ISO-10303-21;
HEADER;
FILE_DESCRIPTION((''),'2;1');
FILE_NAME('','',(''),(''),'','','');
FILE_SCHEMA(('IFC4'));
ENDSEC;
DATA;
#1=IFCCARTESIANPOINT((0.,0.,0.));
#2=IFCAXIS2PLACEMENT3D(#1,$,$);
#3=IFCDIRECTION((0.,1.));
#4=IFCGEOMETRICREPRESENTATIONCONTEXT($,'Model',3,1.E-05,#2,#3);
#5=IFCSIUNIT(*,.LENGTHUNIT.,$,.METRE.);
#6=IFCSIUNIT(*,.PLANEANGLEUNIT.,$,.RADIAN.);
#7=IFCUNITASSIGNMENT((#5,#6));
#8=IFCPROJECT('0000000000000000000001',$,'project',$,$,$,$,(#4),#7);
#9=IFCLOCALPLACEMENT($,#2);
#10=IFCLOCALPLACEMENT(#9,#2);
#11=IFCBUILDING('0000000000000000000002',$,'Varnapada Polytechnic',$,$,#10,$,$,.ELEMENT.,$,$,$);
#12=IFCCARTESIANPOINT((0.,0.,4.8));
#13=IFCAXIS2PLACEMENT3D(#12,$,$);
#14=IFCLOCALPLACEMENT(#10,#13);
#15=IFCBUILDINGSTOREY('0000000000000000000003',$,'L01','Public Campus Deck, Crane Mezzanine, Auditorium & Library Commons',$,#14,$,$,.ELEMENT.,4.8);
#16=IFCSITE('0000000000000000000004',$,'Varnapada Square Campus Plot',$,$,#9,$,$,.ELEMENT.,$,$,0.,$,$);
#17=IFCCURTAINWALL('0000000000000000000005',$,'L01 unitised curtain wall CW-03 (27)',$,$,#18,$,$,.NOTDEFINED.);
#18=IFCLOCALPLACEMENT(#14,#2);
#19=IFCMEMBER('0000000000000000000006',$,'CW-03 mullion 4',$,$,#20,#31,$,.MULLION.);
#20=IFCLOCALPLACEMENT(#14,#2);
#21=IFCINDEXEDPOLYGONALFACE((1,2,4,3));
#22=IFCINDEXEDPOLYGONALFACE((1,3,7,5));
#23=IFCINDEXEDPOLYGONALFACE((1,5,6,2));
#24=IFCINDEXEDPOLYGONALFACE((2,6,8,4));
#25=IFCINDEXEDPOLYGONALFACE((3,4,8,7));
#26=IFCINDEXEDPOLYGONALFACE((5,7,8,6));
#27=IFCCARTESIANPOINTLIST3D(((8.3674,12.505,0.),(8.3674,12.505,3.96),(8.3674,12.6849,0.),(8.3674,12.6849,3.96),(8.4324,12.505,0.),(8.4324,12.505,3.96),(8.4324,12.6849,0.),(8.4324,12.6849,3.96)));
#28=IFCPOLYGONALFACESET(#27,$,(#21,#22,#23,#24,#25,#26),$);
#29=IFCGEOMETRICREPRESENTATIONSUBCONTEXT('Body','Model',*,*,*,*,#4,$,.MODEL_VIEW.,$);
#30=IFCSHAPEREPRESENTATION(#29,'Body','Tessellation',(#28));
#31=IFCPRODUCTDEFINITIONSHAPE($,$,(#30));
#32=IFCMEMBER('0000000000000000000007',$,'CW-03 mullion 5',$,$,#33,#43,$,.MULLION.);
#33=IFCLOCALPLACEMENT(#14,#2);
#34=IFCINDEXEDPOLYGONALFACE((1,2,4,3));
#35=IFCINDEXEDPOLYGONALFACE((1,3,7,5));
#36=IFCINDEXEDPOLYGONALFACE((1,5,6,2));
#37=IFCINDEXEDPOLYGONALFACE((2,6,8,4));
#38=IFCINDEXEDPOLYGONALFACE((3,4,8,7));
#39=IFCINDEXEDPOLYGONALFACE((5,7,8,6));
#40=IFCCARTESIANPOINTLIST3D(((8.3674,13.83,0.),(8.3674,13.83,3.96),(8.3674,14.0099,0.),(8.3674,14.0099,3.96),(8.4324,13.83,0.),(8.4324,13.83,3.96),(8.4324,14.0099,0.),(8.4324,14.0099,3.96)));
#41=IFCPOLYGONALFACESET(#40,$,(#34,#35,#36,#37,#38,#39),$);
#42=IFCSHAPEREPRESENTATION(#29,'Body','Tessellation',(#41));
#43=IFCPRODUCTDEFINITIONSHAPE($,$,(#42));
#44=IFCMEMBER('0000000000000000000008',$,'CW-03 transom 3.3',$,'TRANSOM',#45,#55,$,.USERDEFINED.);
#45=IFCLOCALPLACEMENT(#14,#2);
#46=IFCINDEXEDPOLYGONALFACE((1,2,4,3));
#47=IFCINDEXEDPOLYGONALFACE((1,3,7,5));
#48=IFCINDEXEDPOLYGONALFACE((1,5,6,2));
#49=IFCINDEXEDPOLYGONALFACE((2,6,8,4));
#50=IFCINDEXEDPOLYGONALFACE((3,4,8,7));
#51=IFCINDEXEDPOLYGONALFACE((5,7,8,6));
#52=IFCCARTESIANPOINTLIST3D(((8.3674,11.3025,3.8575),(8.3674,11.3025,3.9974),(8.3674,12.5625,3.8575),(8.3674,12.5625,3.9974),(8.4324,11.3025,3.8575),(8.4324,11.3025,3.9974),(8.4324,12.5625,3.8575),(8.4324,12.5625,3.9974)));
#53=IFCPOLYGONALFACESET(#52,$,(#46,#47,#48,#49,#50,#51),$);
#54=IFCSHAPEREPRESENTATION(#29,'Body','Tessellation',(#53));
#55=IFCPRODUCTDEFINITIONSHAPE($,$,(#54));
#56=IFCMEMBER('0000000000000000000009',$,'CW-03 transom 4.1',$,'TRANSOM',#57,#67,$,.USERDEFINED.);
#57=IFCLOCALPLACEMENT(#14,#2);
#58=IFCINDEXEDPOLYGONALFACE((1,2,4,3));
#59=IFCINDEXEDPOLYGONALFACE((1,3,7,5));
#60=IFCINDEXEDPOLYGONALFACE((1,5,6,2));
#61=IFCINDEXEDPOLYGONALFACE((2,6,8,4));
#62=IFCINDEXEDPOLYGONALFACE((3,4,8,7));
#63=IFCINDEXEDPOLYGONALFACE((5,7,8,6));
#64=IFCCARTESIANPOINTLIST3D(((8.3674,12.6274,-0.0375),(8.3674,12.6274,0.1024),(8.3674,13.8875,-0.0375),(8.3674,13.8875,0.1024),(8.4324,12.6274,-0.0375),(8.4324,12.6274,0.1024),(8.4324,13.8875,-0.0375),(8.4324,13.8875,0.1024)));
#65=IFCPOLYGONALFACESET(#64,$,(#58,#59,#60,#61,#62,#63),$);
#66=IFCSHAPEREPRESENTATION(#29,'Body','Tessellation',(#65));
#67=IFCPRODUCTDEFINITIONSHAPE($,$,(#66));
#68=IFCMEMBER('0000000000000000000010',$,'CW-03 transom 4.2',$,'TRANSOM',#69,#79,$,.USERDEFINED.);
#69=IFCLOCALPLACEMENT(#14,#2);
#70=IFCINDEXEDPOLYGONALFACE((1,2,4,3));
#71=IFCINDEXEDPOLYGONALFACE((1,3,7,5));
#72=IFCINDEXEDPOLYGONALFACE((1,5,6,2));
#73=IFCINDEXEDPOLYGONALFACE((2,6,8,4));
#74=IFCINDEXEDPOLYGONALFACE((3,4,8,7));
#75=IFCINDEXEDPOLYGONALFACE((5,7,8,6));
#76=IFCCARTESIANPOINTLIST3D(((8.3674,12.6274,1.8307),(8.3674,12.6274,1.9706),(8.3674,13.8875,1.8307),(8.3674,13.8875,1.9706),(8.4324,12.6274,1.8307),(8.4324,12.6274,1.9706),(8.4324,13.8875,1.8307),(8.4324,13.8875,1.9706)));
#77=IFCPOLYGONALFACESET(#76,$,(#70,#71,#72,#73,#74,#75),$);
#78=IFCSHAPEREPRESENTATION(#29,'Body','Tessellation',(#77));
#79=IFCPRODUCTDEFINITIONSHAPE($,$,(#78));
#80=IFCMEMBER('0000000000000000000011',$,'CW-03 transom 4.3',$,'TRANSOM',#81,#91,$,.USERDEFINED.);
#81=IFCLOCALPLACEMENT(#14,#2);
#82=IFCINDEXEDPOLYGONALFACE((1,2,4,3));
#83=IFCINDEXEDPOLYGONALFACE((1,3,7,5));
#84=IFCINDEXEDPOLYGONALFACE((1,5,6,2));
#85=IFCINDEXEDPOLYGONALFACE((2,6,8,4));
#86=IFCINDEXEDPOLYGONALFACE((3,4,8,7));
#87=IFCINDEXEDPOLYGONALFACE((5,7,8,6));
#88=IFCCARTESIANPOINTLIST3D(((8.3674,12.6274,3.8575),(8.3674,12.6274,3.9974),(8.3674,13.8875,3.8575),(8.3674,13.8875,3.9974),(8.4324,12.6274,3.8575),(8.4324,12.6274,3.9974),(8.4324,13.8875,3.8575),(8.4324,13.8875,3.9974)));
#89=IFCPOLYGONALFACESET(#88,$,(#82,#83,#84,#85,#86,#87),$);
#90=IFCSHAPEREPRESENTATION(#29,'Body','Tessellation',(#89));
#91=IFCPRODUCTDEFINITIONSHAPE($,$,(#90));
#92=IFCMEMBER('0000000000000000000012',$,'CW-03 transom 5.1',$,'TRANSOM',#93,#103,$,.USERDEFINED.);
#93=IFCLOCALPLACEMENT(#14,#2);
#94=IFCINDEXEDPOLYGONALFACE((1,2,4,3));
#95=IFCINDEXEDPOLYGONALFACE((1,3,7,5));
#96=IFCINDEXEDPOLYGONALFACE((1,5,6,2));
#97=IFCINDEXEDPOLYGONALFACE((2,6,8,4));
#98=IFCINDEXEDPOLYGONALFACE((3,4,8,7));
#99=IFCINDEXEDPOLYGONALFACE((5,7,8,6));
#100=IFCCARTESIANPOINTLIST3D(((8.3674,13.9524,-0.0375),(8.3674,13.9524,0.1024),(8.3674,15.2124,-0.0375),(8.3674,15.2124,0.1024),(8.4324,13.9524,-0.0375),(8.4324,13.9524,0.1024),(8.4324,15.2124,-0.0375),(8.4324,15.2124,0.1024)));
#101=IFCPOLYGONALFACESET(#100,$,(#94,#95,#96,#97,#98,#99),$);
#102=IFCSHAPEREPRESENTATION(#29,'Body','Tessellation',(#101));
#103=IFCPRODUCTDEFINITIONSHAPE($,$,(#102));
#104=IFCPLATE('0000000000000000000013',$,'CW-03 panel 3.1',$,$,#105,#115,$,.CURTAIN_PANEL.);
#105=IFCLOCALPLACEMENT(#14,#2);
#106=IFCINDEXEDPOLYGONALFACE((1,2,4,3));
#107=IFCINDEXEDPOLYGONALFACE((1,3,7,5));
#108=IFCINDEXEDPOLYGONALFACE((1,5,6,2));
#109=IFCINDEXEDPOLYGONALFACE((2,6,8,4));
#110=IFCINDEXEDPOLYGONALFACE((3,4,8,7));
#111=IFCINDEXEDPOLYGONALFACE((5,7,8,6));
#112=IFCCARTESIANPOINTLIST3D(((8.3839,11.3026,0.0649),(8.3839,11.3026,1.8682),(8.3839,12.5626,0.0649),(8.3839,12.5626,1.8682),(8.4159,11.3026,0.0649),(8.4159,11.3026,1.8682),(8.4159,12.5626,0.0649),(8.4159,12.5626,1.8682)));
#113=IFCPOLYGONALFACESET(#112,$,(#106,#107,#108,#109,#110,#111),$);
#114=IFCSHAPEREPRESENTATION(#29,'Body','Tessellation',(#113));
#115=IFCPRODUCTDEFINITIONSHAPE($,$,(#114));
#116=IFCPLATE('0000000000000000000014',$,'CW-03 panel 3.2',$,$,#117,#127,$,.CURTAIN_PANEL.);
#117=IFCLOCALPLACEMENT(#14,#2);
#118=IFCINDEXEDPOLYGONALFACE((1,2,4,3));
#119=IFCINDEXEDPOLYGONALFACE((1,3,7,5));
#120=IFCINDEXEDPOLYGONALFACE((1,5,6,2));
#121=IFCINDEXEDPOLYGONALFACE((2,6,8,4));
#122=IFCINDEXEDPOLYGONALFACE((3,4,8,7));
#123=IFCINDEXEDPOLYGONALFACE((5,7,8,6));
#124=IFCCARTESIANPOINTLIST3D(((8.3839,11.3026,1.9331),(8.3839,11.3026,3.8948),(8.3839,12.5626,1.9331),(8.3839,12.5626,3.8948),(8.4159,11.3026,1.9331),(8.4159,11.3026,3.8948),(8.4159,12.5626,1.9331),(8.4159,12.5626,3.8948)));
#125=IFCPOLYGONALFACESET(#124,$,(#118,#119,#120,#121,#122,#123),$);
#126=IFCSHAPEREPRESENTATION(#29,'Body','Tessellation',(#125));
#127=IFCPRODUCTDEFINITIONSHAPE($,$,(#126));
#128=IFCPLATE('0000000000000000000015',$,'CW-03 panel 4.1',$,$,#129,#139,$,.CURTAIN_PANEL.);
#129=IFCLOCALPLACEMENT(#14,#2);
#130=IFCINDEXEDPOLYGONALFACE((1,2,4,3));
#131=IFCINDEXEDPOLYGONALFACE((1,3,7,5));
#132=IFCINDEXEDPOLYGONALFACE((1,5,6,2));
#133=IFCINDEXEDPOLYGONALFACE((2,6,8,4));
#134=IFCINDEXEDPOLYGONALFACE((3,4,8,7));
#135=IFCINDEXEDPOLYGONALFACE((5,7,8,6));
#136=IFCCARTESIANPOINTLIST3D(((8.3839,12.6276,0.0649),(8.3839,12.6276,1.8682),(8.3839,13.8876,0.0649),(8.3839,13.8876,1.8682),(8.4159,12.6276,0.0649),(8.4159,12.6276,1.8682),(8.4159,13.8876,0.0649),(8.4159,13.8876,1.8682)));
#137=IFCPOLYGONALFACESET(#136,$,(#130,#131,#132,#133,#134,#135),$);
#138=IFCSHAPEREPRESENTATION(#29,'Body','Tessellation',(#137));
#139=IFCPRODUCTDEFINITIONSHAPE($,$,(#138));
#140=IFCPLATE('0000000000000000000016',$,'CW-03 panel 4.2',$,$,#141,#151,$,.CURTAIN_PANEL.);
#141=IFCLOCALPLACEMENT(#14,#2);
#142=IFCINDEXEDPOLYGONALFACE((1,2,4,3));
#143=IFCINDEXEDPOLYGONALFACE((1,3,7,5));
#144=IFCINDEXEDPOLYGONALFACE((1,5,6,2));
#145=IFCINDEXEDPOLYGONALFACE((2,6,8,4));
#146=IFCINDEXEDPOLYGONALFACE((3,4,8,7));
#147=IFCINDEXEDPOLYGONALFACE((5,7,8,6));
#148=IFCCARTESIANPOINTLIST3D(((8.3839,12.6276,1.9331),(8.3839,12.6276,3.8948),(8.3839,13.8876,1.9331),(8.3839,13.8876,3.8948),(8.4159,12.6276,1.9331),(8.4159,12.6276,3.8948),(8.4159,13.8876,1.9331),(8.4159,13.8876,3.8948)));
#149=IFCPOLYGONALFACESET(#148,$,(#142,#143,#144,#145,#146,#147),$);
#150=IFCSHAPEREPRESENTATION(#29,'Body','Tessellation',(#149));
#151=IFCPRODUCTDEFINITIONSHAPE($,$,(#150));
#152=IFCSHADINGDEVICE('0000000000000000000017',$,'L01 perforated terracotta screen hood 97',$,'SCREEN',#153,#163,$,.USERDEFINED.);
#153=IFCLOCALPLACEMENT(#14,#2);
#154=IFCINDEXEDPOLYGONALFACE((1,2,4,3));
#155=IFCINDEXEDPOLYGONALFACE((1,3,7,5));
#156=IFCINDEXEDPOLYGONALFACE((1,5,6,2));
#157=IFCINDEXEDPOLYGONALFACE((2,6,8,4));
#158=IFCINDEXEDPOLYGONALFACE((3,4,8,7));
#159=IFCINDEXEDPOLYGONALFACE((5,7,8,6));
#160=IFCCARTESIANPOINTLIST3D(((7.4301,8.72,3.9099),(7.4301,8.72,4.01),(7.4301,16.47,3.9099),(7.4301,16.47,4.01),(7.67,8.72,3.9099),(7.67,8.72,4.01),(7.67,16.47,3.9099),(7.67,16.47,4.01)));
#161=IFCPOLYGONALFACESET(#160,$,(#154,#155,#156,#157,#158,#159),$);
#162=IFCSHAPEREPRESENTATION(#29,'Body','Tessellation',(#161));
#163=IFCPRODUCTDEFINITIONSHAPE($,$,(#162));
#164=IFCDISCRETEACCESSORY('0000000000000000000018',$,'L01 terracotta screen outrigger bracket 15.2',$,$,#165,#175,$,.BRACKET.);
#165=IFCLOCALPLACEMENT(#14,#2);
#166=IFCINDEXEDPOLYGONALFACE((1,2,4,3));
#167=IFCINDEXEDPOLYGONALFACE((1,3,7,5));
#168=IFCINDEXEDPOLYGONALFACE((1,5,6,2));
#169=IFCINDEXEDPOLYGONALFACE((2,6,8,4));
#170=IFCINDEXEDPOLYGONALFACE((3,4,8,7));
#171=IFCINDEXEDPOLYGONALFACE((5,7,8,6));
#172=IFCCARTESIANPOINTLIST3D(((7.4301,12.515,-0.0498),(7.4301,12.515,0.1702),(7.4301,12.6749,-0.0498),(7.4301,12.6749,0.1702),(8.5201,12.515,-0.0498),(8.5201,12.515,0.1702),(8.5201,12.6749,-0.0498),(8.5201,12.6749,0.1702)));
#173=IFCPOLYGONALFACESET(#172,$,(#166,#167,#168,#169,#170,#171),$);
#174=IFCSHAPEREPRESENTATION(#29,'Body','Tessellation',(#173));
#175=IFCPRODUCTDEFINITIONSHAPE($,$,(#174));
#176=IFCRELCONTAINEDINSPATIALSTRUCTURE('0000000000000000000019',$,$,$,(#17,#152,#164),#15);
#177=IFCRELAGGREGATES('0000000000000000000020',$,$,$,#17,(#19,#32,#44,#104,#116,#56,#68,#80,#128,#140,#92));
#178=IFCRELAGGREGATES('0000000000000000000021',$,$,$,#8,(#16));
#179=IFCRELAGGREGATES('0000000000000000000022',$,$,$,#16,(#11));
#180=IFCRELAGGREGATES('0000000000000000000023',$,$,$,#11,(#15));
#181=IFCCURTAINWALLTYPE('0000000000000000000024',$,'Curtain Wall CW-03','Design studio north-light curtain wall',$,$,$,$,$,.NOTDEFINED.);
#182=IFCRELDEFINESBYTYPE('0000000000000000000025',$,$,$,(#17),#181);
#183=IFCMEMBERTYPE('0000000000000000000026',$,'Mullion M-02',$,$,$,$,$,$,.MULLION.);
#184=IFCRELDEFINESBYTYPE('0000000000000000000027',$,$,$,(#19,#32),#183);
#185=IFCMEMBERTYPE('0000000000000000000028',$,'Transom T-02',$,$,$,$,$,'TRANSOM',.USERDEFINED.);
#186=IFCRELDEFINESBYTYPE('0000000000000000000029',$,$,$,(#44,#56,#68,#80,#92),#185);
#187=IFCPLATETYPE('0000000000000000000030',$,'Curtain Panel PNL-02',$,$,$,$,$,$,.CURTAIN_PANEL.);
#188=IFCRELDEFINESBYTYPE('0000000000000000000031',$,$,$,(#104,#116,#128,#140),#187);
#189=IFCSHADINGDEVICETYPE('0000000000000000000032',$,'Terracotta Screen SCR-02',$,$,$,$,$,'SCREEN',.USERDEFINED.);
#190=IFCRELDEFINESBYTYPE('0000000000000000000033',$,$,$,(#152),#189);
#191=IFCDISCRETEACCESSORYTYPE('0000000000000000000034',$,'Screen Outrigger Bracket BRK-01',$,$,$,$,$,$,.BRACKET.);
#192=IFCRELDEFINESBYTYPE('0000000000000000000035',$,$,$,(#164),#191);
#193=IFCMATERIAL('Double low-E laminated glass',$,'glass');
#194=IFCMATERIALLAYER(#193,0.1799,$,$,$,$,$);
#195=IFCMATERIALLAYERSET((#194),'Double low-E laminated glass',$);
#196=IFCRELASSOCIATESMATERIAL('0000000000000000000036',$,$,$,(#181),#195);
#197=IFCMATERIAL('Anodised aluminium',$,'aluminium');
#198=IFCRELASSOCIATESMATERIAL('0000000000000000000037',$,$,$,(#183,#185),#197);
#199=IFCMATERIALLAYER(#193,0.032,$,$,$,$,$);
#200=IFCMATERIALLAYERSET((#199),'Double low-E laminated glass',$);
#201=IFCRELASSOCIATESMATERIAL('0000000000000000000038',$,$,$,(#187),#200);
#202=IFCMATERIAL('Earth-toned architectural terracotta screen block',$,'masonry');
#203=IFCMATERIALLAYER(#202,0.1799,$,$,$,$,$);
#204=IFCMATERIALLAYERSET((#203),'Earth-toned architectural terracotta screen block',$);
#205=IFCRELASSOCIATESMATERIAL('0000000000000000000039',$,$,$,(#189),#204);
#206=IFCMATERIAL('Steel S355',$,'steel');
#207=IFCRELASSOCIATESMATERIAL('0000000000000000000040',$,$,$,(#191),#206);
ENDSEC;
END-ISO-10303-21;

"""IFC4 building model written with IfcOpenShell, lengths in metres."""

from ifc_helpers import new_model, si_unit, direction, frame, origin, origin_2d, place, context, subcontext, project, spatial, rectangle, extrude, material, layer, layer_set, material_profile, profile_set, type_object, element, aggregate, save


model = new_model("IFC4")

# Units and contexts
model_context = context("Model", 3, precision=1e-05, world=origin(), true_north=direction((0.0, 1.0)))
body_context = subcontext(model_context, "Body", "Model", "MODEL_VIEW")
ifc_project = project(units=[si_unit("LENGTHUNIT", "METRE"), si_unit("PLANEANGLEUNIT", "RADIAN")], contexts=[model_context])

# Site, building, storey
site_placement = place(None, origin())
site = spatial("IfcSite", under=ifc_project, at=site_placement, Name="Varnapada Square Campus Plot", CompositionType="ELEMENT", RefElevation=0.0)
building_placement = place(site_placement, origin())
building = spatial("IfcBuilding", under=site, at=building_placement, Name="Varnapada Polytechnic", CompositionType="ELEMENT")
storey_placement = place(building_placement, frame((0.0, 0.0, 4.8)))
storey = spatial("IfcBuildingStorey", under=building, at=storey_placement, Name="L01", Description="Public Campus Deck, Crane Mezzanine, Auditorium & Library Commons", CompositionType="ELEMENT", Elevation=4.8)

# Curtain wall, members, plates
ifc_material_1 = material(Name="Double low-E laminated glass", Category="glass")
ifc_layer_1 = layer(ifc_material_1, 0.1799)
ifc_layer_set_1 = layer_set([ifc_layer_1], Name="Double low-E laminated glass")
curtain_wall_type = type_object("IfcCurtainWallType", Name="Curtain Wall CW-03", Description="Design studio north-light curtain wall", PredefinedType="NOTDEFINED", material=ifc_layer_set_1)
curtain_wall_placement = place(storey_placement, origin())
curtain_wall = element("IfcCurtainWall", 1, at=curtain_wall_placement, inside=storey, type_object=curtain_wall_type, Name="L01 unitised curtain wall CW-03 (27)", PredefinedType="NOTDEFINED")
ifc_material_2 = material(Name="Anodised aluminium", Category="aluminium")
ifc_material_profile_1 = material_profile(ifc_material_2, rectangle(XDim=0.0649, YDim=0.1799, at=origin_2d()), Name="ALU M65x180")
ifc_profile_set_1 = profile_set([ifc_material_profile_1], Name="Anodised aluminium")
member_type_1 = type_object("IfcMemberType", Name="Mullion M-02", PredefinedType="MULLION", material=ifc_profile_set_1)
member_1_placement = place(storey_placement, frame((8.3999, 12.595, 0.0), z_axis=(0.0, 0.0, 1.0), x_axis=(-1.0, 0.0, 0.0)))
member_1 = element("IfcMember", 2, at=member_1_placement, type_object=member_type_1, Name="CW-03 mullion 4", PredefinedType="MULLION", context=body_context, shape_type="SweptSolid", body=[
    extrude(rectangle(XDim=0.0649, YDim=0.1799, at=origin_2d()), origin(), (0.0, 0.0, 1.0), 3.96),
])
member_2_placement = place(storey_placement, frame((8.3999, 13.9199, 0.0), z_axis=(0.0, 0.0, 1.0), x_axis=(-1.0, 0.0, 0.0)))
member_2 = element("IfcMember", 3, at=member_2_placement, type_object=member_type_1, Name="CW-03 mullion 5", PredefinedType="MULLION", context=body_context, shape_type="SweptSolid", body=[
    extrude(rectangle(XDim=0.0649, YDim=0.1799, at=origin_2d()), origin(), (0.0, 0.0, 1.0), 3.96),
])
ifc_material_profile_2 = material_profile(ifc_material_2, rectangle(XDim=0.0649, YDim=0.1399, at=origin_2d()), Name="ALU T65x140")
ifc_profile_set_2 = profile_set([ifc_material_profile_2], Name="Anodised aluminium")
member_type_2 = type_object("IfcMemberType", Name="Transom T-02", ElementType="TRANSOM", PredefinedType="USERDEFINED", material=ifc_profile_set_2)
member_3_placement = place(storey_placement, frame((8.3999, 11.3025, 3.9275), z_axis=(0.0, 1.0, 0.0), x_axis=(-1.0, 0.0, 0.0)))
member_3 = element("IfcMember", 4, at=member_3_placement, type_object=member_type_2, Name="CW-03 transom 3.3", ObjectType="TRANSOM", PredefinedType="USERDEFINED", context=body_context, shape_type="SweptSolid", body=[
    extrude(rectangle(XDim=0.0649, YDim=0.1399, at=origin_2d()), origin(), (0.0, 0.0, 1.0), 1.26),
])
member_4_placement = place(storey_placement, frame((8.3999, 12.6274, 0.0325), z_axis=(0.0, 1.0, 0.0), x_axis=(-1.0, 0.0, 0.0)))
member_4 = element("IfcMember", 5, at=member_4_placement, type_object=member_type_2, Name="CW-03 transom 4.1", ObjectType="TRANSOM", PredefinedType="USERDEFINED", context=body_context, shape_type="SweptSolid", body=[
    extrude(rectangle(XDim=0.0649, YDim=0.1399, at=origin_2d()), origin(), (0.0, 0.0, 1.0), 1.26),
])
member_5_placement = place(storey_placement, frame((8.3999, 12.6274, 1.9006), z_axis=(0.0, 1.0, 0.0), x_axis=(-1.0, 0.0, 0.0)))
member_5 = element("IfcMember", 6, at=member_5_placement, type_object=member_type_2, Name="CW-03 transom 4.2", ObjectType="TRANSOM", PredefinedType="USERDEFINED", context=body_context, shape_type="SweptSolid", body=[
    extrude(rectangle(XDim=0.0649, YDim=0.1399, at=origin_2d()), origin(), (0.0, 0.0, 1.0), 1.26),
])
member_6_placement = place(storey_placement, frame((8.3999, 12.6274, 3.9275), z_axis=(0.0, 1.0, 0.0), x_axis=(-1.0, 0.0, 0.0)))
member_6 = element("IfcMember", 7, at=member_6_placement, type_object=member_type_2, Name="CW-03 transom 4.3", ObjectType="TRANSOM", PredefinedType="USERDEFINED", context=body_context, shape_type="SweptSolid", body=[
    extrude(rectangle(XDim=0.0649, YDim=0.1399, at=origin_2d()), origin(), (0.0, 0.0, 1.0), 1.26),
])
member_7_placement = place(storey_placement, frame((8.3999, 13.9524, 0.0325), z_axis=(0.0, 1.0, 0.0), x_axis=(-1.0, 0.0, 0.0)))
member_7 = element("IfcMember", 8, at=member_7_placement, type_object=member_type_2, Name="CW-03 transom 5.1", ObjectType="TRANSOM", PredefinedType="USERDEFINED", context=body_context, shape_type="SweptSolid", body=[
    extrude(rectangle(XDim=0.0649, YDim=0.1399, at=origin_2d()), origin(), (0.0, 0.0, 1.0), 1.26),
])
ifc_layer_2 = layer(ifc_material_1, 0.032)
ifc_layer_set_2 = layer_set([ifc_layer_2], Name="Double low-E laminated glass")
plate_type = type_object("IfcPlateType", Name="Curtain Panel PNL-02", PredefinedType="CURTAIN_PANEL", material=ifc_layer_set_2)
plate_1_placement = place(storey_placement, frame((8.3999, 11.9326, 0.0649), z_axis=(0.0, 0.0, 1.0), x_axis=(0.0, 1.0, 0.0)))
plate_1 = element("IfcPlate", 9, at=plate_1_placement, type_object=plate_type, Name="CW-03 panel 3.1", PredefinedType="CURTAIN_PANEL", context=body_context, shape_type="SweptSolid", body=[
    extrude(rectangle(XDim=1.26, YDim=0.032, at=origin_2d()), origin(), (0.0, 0.0, 1.0), 1.8032),
])
plate_2_placement = place(storey_placement, frame((8.3999, 11.9326, 1.9331), z_axis=(0.0, 0.0, 1.0), x_axis=(0.0, 1.0, 0.0)))
plate_2 = element("IfcPlate", 10, at=plate_2_placement, type_object=plate_type, Name="CW-03 panel 3.2", PredefinedType="CURTAIN_PANEL", context=body_context, shape_type="SweptSolid", body=[
    extrude(rectangle(XDim=1.26, YDim=0.032, at=origin_2d()), origin(), (0.0, 0.0, 1.0), 1.9617),
])
plate_3_placement = place(storey_placement, frame((8.3999, 13.2576, 0.0649), z_axis=(0.0, 0.0, 1.0), x_axis=(0.0, 1.0, 0.0)))
plate_3 = element("IfcPlate", 11, at=plate_3_placement, type_object=plate_type, Name="CW-03 panel 4.1", PredefinedType="CURTAIN_PANEL", context=body_context, shape_type="SweptSolid", body=[
    extrude(rectangle(XDim=1.26, YDim=0.032, at=origin_2d()), origin(), (0.0, 0.0, 1.0), 1.8032),
])
plate_4_placement = place(storey_placement, frame((8.3999, 13.2576, 1.9331), z_axis=(0.0, 0.0, 1.0), x_axis=(0.0, 1.0, 0.0)))
plate_4 = element("IfcPlate", 12, at=plate_4_placement, type_object=plate_type, Name="CW-03 panel 4.2", PredefinedType="CURTAIN_PANEL", context=body_context, shape_type="SweptSolid", body=[
    extrude(rectangle(XDim=1.26, YDim=0.032, at=origin_2d()), origin(), (0.0, 0.0, 1.0), 1.9617),
])
aggregate(curtain_wall, [member_1, member_2, member_3, plate_1, plate_2, member_4, member_5, member_6, plate_3, plate_4, member_7])

# Shading device
ifc_material_3 = material(Name="Earth-toned architectural terracotta screen block", Category="masonry")
ifc_layer_3 = layer(ifc_material_3, 0.1799)
ifc_layer_set_3 = layer_set([ifc_layer_3], Name="Earth-toned architectural terracotta screen block")
shading_device_type = type_object("IfcShadingDeviceType", Name="Terracotta Screen SCR-02", ElementType="SCREEN", PredefinedType="USERDEFINED", material=ifc_layer_set_3)
shading_device_placement = place(storey_placement, frame((7.55, 12.595, 3.9099), z_axis=(0.0, 0.0, 1.0), x_axis=(0.0, 1.0, 0.0)))
element("IfcShadingDevice", 13, at=shading_device_placement, inside=storey, type_object=shading_device_type, Name="L01 perforated terracotta screen hood 97", ObjectType="SCREEN", PredefinedType="USERDEFINED", context=body_context, shape_type="SweptSolid", body=[
    extrude(rectangle(XDim=7.75, YDim=0.24, at=origin_2d()), origin(), (0.0, 0.0, 1.0), 0.1001),
])

# Discrete accessory
ifc_material_4 = material(Name="Steel S355", Category="steel")
discrete_accessory_type = type_object("IfcDiscreteAccessoryType", Name="Screen Outrigger Bracket BRK-01", PredefinedType="BRACKET", material=ifc_material_4)
discrete_accessory_placement = place(storey_placement, frame((7.9751, 12.595, -0.0498), z_axis=(0.0, 0.0, 1.0), x_axis=(0.0, 1.0, 0.0)))
element("IfcDiscreteAccessory", 14, at=discrete_accessory_placement, inside=storey, type_object=discrete_accessory_type, Name="L01 terracotta screen outrigger bracket 15.2", PredefinedType="BRACKET", context=body_context, shape_type="SweptSolid", body=[
    extrude(rectangle(XDim=0.1599, YDim=1.0901, at=origin_2d()), origin(), (0.0, 0.0, 1.0), 0.22),
])

save(model, "model.ifc")
